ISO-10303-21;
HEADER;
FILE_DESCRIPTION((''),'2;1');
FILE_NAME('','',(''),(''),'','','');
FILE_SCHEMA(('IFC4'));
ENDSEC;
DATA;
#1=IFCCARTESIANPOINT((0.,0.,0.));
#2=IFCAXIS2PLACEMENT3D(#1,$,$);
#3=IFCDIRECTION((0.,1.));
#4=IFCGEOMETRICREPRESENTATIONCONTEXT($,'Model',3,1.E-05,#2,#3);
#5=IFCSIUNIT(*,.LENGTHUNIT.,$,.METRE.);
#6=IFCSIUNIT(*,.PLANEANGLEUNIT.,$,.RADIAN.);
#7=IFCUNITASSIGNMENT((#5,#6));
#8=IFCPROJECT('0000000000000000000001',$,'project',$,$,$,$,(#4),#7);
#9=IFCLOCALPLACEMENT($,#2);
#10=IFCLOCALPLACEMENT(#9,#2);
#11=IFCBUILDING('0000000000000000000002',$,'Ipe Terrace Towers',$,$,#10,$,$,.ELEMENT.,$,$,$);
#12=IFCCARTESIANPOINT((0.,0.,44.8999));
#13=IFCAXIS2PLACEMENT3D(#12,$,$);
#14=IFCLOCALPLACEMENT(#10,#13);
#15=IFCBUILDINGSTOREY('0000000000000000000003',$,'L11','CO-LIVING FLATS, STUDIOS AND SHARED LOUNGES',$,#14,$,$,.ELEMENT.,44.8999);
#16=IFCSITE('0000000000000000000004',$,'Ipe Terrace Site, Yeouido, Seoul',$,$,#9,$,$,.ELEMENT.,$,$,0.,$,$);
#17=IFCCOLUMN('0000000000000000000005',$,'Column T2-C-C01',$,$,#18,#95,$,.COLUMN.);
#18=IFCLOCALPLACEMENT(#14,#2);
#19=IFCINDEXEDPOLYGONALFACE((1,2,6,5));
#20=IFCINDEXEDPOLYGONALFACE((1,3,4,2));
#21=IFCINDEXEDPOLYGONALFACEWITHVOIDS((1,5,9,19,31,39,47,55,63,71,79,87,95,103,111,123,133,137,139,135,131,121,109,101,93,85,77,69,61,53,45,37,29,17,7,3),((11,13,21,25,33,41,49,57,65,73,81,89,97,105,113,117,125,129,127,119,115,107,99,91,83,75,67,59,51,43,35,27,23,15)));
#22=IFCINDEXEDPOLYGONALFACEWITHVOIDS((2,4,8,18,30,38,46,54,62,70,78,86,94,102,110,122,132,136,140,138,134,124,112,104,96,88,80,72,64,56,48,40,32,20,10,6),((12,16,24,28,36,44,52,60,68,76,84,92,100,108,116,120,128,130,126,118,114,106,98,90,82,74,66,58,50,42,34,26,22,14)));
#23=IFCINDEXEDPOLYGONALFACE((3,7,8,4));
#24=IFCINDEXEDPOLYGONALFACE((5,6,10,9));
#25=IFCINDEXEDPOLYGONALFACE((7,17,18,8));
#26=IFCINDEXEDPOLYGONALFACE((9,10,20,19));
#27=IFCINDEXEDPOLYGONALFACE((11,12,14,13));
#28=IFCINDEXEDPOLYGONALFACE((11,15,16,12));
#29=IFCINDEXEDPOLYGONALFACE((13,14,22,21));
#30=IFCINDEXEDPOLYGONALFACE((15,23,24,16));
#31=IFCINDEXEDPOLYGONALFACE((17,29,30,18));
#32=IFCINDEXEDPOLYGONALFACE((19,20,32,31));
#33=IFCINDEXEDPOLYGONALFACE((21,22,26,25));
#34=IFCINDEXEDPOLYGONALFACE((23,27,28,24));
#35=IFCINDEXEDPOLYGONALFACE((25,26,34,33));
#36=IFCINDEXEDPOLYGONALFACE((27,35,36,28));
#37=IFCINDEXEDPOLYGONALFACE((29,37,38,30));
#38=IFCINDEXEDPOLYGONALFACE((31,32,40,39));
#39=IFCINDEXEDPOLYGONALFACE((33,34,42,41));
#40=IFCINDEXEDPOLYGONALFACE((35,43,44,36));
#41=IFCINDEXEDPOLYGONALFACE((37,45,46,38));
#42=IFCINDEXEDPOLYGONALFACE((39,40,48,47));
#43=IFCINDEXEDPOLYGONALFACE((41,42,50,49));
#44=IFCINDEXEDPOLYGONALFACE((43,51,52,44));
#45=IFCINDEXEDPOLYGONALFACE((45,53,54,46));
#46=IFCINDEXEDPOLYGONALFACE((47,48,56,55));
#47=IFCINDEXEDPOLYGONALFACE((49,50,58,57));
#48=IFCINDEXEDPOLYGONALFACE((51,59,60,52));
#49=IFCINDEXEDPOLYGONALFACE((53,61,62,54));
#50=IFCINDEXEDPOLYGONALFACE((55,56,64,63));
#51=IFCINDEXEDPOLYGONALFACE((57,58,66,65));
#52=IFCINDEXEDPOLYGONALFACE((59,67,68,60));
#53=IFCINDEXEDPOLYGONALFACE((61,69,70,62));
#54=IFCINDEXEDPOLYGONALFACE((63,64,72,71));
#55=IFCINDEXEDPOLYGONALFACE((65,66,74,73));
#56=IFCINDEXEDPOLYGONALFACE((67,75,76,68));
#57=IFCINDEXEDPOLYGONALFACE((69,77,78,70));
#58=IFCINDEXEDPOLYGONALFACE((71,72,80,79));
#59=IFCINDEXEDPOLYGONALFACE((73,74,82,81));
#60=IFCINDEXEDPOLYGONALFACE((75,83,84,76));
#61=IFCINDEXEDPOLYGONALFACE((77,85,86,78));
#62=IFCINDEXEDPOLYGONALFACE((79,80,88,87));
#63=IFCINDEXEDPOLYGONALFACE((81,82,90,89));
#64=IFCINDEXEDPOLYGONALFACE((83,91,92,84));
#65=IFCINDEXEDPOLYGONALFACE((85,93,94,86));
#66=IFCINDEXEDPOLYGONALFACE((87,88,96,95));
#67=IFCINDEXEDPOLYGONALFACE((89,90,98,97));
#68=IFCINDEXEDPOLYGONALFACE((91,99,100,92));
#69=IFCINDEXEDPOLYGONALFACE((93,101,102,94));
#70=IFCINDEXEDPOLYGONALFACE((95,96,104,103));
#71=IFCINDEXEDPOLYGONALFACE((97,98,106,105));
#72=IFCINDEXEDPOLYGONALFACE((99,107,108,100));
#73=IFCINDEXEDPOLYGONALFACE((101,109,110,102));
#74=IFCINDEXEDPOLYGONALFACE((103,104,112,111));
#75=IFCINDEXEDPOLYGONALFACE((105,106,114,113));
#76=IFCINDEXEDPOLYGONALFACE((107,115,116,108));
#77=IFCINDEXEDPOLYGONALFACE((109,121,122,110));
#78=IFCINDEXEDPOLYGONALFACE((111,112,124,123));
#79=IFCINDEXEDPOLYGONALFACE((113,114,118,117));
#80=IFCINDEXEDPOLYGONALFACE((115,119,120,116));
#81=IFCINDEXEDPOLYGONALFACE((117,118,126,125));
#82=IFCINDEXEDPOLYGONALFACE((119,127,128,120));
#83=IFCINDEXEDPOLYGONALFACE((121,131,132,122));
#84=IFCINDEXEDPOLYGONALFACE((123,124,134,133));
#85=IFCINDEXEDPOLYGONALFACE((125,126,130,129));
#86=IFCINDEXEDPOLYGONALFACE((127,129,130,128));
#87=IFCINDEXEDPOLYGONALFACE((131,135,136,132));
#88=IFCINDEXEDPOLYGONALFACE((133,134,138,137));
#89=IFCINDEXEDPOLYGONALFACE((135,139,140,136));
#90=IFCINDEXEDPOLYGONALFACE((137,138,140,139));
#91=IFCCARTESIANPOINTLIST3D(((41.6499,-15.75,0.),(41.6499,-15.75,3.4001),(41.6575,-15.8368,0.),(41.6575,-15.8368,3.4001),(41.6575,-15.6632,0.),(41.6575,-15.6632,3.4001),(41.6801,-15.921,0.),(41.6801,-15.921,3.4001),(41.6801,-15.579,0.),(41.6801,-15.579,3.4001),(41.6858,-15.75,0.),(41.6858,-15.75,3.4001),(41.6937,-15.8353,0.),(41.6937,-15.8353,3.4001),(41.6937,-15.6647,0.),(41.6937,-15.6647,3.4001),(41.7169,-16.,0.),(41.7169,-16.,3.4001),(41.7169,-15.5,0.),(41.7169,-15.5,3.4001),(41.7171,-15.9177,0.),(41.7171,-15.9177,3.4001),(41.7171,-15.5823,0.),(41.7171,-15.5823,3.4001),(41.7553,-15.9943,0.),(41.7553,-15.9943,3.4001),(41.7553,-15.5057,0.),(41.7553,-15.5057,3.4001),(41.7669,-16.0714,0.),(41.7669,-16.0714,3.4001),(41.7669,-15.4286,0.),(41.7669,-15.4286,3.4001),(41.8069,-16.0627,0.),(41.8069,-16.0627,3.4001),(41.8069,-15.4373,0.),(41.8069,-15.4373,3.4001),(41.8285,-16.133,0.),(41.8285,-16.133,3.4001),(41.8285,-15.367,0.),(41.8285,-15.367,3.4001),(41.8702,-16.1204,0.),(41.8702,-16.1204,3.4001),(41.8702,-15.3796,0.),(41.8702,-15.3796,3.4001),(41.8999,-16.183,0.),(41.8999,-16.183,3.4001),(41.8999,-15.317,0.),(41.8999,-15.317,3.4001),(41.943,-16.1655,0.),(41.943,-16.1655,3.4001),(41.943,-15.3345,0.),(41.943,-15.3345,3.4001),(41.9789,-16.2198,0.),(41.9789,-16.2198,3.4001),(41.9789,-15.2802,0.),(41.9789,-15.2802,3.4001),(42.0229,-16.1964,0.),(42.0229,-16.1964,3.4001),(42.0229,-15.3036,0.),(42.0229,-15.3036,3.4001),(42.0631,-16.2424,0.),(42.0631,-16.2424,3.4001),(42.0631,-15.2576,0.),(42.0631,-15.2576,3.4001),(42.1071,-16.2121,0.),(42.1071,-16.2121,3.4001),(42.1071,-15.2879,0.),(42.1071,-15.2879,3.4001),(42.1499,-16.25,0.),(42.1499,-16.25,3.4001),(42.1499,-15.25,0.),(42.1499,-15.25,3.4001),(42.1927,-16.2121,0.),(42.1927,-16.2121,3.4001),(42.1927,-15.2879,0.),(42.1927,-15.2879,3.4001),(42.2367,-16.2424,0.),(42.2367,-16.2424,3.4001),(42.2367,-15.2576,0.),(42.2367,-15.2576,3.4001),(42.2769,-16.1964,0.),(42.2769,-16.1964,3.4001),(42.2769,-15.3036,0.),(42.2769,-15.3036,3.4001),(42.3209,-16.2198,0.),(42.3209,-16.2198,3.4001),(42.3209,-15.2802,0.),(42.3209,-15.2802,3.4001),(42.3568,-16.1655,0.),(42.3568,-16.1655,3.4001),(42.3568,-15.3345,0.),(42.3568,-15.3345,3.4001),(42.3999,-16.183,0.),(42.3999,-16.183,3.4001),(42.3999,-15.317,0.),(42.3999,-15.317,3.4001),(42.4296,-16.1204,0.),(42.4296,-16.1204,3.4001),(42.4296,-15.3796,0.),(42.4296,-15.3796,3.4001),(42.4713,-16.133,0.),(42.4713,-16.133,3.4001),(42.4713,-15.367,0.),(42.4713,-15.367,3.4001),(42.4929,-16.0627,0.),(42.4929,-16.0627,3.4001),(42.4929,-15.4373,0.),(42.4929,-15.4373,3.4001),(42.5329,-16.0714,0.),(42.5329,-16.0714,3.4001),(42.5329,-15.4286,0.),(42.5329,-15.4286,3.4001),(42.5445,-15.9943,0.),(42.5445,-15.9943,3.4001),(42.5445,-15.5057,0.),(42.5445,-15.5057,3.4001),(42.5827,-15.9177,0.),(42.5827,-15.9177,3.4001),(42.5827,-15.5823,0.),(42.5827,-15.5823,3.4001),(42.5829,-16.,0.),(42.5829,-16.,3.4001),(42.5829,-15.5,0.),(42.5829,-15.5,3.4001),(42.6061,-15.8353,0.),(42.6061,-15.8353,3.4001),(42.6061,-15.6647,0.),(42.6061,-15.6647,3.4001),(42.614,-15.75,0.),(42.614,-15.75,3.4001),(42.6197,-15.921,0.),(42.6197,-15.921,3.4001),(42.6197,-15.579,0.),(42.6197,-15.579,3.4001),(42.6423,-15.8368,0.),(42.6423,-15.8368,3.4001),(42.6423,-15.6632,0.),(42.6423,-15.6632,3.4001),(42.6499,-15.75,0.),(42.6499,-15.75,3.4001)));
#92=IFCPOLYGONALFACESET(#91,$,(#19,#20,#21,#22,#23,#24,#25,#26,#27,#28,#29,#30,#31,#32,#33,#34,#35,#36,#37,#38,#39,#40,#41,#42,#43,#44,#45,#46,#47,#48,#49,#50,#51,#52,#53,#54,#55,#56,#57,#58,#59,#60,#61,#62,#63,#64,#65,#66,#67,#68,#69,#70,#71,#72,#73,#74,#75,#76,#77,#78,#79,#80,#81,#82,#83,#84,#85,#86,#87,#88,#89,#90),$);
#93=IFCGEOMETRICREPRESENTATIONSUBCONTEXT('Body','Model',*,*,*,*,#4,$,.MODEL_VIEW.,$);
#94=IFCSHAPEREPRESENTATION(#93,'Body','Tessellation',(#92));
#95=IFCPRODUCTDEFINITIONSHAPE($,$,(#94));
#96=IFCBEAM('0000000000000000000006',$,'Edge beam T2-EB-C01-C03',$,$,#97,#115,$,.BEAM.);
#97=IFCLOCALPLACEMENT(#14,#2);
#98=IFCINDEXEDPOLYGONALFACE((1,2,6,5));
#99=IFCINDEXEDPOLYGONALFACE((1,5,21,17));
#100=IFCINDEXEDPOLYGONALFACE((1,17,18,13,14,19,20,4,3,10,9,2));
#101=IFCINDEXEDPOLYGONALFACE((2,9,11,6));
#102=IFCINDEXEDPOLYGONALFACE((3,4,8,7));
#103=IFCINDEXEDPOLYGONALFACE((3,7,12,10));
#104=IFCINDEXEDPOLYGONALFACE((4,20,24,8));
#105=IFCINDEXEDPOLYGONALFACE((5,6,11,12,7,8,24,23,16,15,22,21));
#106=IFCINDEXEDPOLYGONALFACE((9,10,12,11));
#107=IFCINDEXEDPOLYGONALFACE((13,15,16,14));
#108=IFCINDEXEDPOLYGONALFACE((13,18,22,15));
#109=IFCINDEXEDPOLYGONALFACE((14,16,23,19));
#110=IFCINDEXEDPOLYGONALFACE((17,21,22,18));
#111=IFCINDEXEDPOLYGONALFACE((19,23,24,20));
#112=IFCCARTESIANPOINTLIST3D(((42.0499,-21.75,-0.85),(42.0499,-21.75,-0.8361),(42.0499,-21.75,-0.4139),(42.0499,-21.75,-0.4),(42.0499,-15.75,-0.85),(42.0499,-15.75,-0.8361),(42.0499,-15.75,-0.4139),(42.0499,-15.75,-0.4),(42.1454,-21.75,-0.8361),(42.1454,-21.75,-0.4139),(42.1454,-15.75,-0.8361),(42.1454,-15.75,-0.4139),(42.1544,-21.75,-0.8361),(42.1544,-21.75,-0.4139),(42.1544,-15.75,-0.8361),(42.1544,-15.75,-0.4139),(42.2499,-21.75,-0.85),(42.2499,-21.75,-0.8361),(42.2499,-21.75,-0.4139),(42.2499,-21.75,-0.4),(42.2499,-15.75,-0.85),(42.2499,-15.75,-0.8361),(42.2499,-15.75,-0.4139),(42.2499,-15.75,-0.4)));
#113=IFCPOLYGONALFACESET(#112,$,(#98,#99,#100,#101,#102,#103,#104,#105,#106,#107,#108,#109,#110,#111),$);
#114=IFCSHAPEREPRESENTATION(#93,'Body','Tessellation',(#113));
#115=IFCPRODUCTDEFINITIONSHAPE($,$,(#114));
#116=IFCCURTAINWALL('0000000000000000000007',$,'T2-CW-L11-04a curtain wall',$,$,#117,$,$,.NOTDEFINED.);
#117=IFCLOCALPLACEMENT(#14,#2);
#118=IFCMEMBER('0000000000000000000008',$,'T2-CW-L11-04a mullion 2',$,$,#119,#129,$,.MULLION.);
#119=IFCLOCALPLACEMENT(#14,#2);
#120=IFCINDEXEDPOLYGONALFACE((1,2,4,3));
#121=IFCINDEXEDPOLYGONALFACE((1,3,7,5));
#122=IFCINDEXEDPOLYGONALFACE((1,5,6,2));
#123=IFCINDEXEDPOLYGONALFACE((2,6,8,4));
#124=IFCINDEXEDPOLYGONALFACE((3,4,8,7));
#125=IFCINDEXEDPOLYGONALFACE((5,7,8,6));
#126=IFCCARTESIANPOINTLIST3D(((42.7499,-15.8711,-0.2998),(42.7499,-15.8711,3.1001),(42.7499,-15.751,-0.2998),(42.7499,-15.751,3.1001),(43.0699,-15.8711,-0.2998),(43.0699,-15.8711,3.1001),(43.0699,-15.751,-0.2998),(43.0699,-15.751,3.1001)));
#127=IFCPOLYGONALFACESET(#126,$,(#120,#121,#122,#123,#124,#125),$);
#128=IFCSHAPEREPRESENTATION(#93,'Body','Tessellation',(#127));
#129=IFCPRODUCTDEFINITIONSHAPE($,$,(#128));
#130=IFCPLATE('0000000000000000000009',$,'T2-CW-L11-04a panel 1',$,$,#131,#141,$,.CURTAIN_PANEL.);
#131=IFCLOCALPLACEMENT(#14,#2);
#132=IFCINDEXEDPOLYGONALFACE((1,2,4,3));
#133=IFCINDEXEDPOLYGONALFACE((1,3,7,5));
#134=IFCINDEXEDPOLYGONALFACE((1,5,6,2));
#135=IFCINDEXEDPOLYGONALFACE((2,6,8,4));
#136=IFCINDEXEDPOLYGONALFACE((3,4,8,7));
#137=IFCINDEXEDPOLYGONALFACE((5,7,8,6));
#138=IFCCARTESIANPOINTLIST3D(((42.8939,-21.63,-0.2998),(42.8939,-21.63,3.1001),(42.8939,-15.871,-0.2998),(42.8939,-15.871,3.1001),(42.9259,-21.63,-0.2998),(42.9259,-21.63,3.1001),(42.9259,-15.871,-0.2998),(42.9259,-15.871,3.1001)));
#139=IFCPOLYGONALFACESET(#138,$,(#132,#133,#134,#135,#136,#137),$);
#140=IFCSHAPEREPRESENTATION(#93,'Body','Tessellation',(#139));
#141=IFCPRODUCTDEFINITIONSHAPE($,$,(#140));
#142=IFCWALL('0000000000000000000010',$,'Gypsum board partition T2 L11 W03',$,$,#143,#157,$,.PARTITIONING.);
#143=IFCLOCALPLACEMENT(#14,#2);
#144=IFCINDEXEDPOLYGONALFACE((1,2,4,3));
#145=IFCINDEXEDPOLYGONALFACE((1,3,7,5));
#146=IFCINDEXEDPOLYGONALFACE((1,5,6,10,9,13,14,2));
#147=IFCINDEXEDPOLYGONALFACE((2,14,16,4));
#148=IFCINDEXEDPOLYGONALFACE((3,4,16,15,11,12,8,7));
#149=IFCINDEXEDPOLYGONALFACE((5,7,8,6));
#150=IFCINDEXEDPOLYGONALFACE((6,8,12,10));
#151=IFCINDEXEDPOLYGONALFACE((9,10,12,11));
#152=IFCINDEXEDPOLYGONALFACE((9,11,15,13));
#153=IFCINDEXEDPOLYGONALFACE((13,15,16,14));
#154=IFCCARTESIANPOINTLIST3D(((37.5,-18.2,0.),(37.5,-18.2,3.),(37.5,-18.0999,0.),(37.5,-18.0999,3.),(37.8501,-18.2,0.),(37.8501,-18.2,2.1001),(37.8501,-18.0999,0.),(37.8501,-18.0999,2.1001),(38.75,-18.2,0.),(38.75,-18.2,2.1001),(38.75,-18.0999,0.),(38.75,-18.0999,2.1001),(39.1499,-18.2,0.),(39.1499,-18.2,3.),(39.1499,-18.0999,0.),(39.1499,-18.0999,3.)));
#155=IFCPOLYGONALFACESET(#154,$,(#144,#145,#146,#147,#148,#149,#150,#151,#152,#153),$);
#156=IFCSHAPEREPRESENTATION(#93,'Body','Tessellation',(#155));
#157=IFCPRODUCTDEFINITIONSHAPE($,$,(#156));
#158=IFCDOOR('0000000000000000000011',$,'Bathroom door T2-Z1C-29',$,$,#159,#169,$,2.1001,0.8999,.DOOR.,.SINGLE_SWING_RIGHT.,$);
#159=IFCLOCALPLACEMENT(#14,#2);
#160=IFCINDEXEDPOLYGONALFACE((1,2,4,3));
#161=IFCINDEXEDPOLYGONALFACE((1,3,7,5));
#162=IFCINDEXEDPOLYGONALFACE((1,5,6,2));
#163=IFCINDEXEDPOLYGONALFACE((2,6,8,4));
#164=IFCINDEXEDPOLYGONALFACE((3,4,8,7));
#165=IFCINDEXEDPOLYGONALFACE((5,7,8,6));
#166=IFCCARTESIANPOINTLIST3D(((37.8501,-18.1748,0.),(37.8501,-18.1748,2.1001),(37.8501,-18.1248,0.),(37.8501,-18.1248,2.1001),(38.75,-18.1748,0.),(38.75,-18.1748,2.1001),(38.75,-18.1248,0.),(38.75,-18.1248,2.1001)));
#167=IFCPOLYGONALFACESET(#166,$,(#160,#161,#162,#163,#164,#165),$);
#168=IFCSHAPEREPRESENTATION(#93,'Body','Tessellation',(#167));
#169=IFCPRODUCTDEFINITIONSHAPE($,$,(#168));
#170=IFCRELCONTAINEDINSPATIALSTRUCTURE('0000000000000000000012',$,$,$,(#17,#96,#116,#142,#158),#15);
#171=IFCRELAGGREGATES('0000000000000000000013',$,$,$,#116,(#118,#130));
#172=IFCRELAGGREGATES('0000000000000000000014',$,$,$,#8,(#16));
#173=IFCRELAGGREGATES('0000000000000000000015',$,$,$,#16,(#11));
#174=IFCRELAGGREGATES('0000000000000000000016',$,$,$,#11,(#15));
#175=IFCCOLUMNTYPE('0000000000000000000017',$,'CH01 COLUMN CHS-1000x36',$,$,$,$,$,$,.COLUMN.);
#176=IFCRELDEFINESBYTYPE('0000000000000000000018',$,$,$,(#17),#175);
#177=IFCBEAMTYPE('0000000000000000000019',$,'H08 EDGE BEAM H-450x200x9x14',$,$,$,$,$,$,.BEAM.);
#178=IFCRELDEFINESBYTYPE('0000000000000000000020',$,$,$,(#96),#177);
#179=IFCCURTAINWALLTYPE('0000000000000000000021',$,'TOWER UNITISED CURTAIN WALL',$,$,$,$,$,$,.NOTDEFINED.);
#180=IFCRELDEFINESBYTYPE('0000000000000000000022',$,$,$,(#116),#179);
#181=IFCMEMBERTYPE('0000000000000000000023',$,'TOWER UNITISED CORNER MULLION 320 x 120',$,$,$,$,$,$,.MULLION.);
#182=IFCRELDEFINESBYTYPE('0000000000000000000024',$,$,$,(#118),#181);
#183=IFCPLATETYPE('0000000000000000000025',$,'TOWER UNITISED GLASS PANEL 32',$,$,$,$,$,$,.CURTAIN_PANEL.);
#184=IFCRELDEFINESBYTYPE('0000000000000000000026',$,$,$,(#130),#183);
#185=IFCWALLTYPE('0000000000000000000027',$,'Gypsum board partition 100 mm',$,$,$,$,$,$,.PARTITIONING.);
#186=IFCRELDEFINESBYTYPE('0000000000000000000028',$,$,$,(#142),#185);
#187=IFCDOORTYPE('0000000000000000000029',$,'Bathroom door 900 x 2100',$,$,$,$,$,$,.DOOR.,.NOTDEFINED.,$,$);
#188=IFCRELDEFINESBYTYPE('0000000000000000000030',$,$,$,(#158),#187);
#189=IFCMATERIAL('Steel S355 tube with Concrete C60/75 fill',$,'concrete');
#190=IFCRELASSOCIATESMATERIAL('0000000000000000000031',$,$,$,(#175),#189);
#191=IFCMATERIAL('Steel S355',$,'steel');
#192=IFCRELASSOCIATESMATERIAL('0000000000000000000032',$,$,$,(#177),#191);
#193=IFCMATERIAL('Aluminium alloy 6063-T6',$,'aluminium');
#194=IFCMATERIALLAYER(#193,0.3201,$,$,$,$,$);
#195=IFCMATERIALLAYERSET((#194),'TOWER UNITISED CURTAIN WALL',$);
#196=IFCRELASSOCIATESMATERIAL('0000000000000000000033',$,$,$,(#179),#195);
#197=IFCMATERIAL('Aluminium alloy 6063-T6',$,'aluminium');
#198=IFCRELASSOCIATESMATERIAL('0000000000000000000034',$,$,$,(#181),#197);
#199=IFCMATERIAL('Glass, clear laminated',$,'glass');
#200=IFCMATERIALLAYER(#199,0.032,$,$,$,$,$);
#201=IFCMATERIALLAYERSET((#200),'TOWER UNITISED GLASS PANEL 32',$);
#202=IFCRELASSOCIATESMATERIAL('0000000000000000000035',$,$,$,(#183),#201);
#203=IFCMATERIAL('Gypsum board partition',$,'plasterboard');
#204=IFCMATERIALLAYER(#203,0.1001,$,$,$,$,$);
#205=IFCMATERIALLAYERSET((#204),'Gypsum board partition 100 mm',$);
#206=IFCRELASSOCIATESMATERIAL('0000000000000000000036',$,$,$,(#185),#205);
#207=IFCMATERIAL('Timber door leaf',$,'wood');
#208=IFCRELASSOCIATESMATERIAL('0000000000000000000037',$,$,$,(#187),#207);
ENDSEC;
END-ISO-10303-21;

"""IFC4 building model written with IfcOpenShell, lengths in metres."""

from ifc_helpers import new_model, si_unit, direction, frame, frame_2d, origin, origin_2d, place, context, subcontext, project, spatial, rectangle, hollow_circle, i_section, extrude, material, layer, layer_set, material_profile, profile_set, type_object, element, fill, aggregate, save


model = new_model("IFC4")

# Units and contexts
model_context = context("Model", 3, precision=1e-05, world=origin(), true_north=direction((0.0, 1.0)))
body_context = subcontext(model_context, "Body", "Model", "MODEL_VIEW")
ifc_project = project(units=[si_unit("LENGTHUNIT", "METRE"), si_unit("PLANEANGLEUNIT", "RADIAN")], contexts=[model_context])

# Site, building, storey
site_placement = place(None, origin())
site = spatial("IfcSite", under=ifc_project, at=site_placement, Name="Ipe Terrace Site, Yeouido, Seoul", CompositionType="ELEMENT", RefElevation=0.0)
building_placement = place(site_placement, origin())
building = spatial("IfcBuilding", under=site, at=building_placement, Name="Ipe Terrace Towers", CompositionType="ELEMENT")
storey_placement = place(building_placement, frame((0.0, 0.0, 44.8999)))
storey = spatial("IfcBuildingStorey", under=building, at=storey_placement, Name="L11", Description="CO-LIVING FLATS, STUDIOS AND SHARED LOUNGES", CompositionType="ELEMENT", Elevation=44.8999)

# Column
ifc_material_1 = material(Name="Steel S355 tube with Concrete C60/75 fill", Category="concrete")
ifc_material_profile_1 = material_profile(ifc_material_1, hollow_circle(Radius=0.5, WallThickness=0.0359, at=origin_2d()), Name="CHS-1000x36")
ifc_profile_set_1 = profile_set([ifc_material_profile_1], Name="Steel S355 tube with Concrete C60/75 fill")
column_type = type_object("IfcColumnType", Name="CH01 COLUMN CHS-1000x36", PredefinedType="COLUMN", material=ifc_profile_set_1)
column_placement = place(storey_placement, frame((42.1499, -15.75, 0.0), z_axis=(0.0, 0.0, 1.0), x_axis=(1.0, 0.0, 0.0)))
element("IfcColumn", 1, at=column_placement, inside=storey, type_object=column_type, Name="Column T2-C-C01", PredefinedType="COLUMN", context=body_context, shape_type="SweptSolid", body=[
    extrude(hollow_circle(Radius=0.5, WallThickness=0.0359, at=origin_2d()), origin(), (0.0, 0.0, 1.0), 3.4001),
])

# Beam
ifc_material_2 = material(Name="Steel S355", Category="steel")
ifc_material_profile_2 = material_profile(ifc_material_2, i_section(OverallWidth=0.2, OverallDepth=0.45, WebThickness=0.009, FlangeThickness=0.0139, at=origin_2d()), Name="H-450x200x9x14")
ifc_profile_set_2 = profile_set([ifc_material_profile_2], Name="Steel S355")
beam_type = type_object("IfcBeamType", Name="H08 EDGE BEAM H-450x200x9x14", PredefinedType="BEAM", material=ifc_profile_set_2)
beam_placement = place(storey_placement, frame((42.1499, -15.75, -0.625), z_axis=(0.0, -1.0, 0.0), x_axis=(1.0, 0.0, 0.0)))
element("IfcBeam", 2, at=beam_placement, inside=storey, type_object=beam_type, Name="Edge beam T2-EB-C01-C03", PredefinedType="BEAM", context=body_context, shape_type="SweptSolid", body=[
    extrude(i_section(OverallWidth=0.2, OverallDepth=0.45, WebThickness=0.009, FlangeThickness=0.0139, at=origin_2d()), origin(), (0.0, 0.0, 1.0), 6.0),
])

# Curtain wall, member, plate
ifc_material_3 = material(Name="Aluminium alloy 6063-T6", Category="aluminium")
ifc_layer_1 = layer(ifc_material_3, 0.3201)
ifc_layer_set_1 = layer_set([ifc_layer_1], Name="TOWER UNITISED CURTAIN WALL")
curtain_wall_type = type_object("IfcCurtainWallType", Name="TOWER UNITISED CURTAIN WALL", PredefinedType="NOTDEFINED", material=ifc_layer_set_1)
curtain_wall_placement = place(storey_placement, origin())
curtain_wall = element("IfcCurtainWall", 3, at=curtain_wall_placement, inside=storey, type_object=curtain_wall_type, Name="T2-CW-L11-04a curtain wall", PredefinedType="NOTDEFINED")
ifc_material_4 = material(Name="Aluminium alloy 6063-T6", Category="aluminium")
ifc_material_profile_3 = material_profile(ifc_material_4, rectangle(XDim=0.3201, YDim=0.1201, at=origin_2d()), Name="TOWER UNITISED CORNER MULLION 320 x 120")
ifc_profile_set_3 = profile_set([ifc_material_profile_3], Name="Aluminium alloy 6063-T6")
member_type = type_object("IfcMemberType", Name="TOWER UNITISED CORNER MULLION 320 x 120", PredefinedType="MULLION", material=ifc_profile_set_3)
member_placement = place(storey_placement, frame((42.9099, -15.811, -0.2998), z_axis=(0.0, 0.0, 1.0), x_axis=(1.0, 0.0, 0.0)))
member = element("IfcMember", 4, at=member_placement, type_object=member_type, Name="T2-CW-L11-04a mullion 2", PredefinedType="MULLION", context=body_context, shape_type="SweptSolid", body=[
    extrude(rectangle(XDim=0.3201, YDim=0.1201, at=origin_2d()), origin(), (0.0, 0.0, 1.0), 3.3999),
])
ifc_material_5 = material(Name="Glass, clear laminated", Category="glass")
ifc_layer_2 = layer(ifc_material_5, 0.032)
ifc_layer_set_2 = layer_set([ifc_layer_2], Name="TOWER UNITISED GLASS PANEL 32")
plate_type = type_object("IfcPlateType", Name="TOWER UNITISED GLASS PANEL 32", PredefinedType="CURTAIN_PANEL", material=ifc_layer_set_2)
plate_placement = place(storey_placement, frame((42.9099, -18.7505, -0.2998), z_axis=(0.0, 0.0, 1.0), x_axis=(0.0, 1.0, 0.0)))
plate = element("IfcPlate", 5, at=plate_placement, type_object=plate_type, Name="T2-CW-L11-04a panel 1", PredefinedType="CURTAIN_PANEL", context=body_context, shape_type="SweptSolid", body=[
    extrude(rectangle(XDim=5.759, YDim=0.032, at=origin_2d()), origin(), (0.0, 0.0, 1.0), 3.3999),
])
aggregate(curtain_wall, [member, plate])

# Wall, opening, door
ifc_material_6 = material(Name="Gypsum board partition", Category="plasterboard")
ifc_layer_3 = layer(ifc_material_6, 0.1001)
ifc_layer_set_3 = layer_set([ifc_layer_3], Name="Gypsum board partition 100 mm")
wall_type_1 = type_object("IfcWallType", Name="Gypsum board partition 100 mm", PredefinedType="PARTITIONING", material=ifc_layer_set_3)
wall_1_placement = place(storey_placement, frame((39.1499, -18.1499, 0.0), z_axis=(0.0, 0.0, 1.0), x_axis=(-1.0, 0.0, 0.0)))
wall_1 = element("IfcWall", 6, at=wall_1_placement, inside=storey, type_object=wall_type_1, Name="Gypsum board partition T2 L11 W03", PredefinedType="PARTITIONING", context=body_context, shape_type="SweptSolid", body=[
    extrude(rectangle(XDim=1.6499, YDim=0.1001, at=frame_2d((0.825, 0.0))), origin(), (0.0, 0.0, 1.0), 3.0),
])
opening_1_placement = place(wall_1_placement, frame((0.3999, 0.0, 0.0)))
opening_1 = element("IfcOpeningElement", 7, at=opening_1_placement, cuts=wall_1, PredefinedType="OPENING", context=body_context, shape_type="SweptSolid", body=[
    extrude(rectangle(XDim=0.8999, YDim=2.1001, at=frame_2d((0.45, 1.05))), frame((0.0, 0.0601, 0.0), z_axis=(0.0, -1.0, 0.0), x_axis=(1.0, 0.0, 0.0)), (0.0, 0.0, 1.0), 0.1201),
])
ifc_material_7 = material(Name="Timber door leaf", Category="wood")
door_type_1 = type_object("IfcDoorType", Name="Bathroom door 900 x 2100", OperationType="NOTDEFINED", PredefinedType="DOOR", material=ifc_material_7)
door_1_placement = place(opening_1_placement, origin())
door_1 = element("IfcDoor", 8, at=door_1_placement, inside=storey, type_object=door_type_1, Name="Bathroom door T2-Z1C-29", OperationType="SINGLE_SWING_RIGHT", OverallHeight=2.1001, OverallWidth=0.8999, PredefinedType="DOOR", context=body_context, shape_type="SweptSolid", body=[
    extrude(rectangle(XDim=0.8999, YDim=2.1001, at=frame_2d((0.45, 1.05))), frame((0.0, 0.0249, 0.0), z_axis=(0.0, -1.0, 0.0), x_axis=(1.0, 0.0, 0.0)), (0.0, 0.0, 1.0), 0.05),
])
fill(opening_1, door_1)

save(model, "model.ifc")
